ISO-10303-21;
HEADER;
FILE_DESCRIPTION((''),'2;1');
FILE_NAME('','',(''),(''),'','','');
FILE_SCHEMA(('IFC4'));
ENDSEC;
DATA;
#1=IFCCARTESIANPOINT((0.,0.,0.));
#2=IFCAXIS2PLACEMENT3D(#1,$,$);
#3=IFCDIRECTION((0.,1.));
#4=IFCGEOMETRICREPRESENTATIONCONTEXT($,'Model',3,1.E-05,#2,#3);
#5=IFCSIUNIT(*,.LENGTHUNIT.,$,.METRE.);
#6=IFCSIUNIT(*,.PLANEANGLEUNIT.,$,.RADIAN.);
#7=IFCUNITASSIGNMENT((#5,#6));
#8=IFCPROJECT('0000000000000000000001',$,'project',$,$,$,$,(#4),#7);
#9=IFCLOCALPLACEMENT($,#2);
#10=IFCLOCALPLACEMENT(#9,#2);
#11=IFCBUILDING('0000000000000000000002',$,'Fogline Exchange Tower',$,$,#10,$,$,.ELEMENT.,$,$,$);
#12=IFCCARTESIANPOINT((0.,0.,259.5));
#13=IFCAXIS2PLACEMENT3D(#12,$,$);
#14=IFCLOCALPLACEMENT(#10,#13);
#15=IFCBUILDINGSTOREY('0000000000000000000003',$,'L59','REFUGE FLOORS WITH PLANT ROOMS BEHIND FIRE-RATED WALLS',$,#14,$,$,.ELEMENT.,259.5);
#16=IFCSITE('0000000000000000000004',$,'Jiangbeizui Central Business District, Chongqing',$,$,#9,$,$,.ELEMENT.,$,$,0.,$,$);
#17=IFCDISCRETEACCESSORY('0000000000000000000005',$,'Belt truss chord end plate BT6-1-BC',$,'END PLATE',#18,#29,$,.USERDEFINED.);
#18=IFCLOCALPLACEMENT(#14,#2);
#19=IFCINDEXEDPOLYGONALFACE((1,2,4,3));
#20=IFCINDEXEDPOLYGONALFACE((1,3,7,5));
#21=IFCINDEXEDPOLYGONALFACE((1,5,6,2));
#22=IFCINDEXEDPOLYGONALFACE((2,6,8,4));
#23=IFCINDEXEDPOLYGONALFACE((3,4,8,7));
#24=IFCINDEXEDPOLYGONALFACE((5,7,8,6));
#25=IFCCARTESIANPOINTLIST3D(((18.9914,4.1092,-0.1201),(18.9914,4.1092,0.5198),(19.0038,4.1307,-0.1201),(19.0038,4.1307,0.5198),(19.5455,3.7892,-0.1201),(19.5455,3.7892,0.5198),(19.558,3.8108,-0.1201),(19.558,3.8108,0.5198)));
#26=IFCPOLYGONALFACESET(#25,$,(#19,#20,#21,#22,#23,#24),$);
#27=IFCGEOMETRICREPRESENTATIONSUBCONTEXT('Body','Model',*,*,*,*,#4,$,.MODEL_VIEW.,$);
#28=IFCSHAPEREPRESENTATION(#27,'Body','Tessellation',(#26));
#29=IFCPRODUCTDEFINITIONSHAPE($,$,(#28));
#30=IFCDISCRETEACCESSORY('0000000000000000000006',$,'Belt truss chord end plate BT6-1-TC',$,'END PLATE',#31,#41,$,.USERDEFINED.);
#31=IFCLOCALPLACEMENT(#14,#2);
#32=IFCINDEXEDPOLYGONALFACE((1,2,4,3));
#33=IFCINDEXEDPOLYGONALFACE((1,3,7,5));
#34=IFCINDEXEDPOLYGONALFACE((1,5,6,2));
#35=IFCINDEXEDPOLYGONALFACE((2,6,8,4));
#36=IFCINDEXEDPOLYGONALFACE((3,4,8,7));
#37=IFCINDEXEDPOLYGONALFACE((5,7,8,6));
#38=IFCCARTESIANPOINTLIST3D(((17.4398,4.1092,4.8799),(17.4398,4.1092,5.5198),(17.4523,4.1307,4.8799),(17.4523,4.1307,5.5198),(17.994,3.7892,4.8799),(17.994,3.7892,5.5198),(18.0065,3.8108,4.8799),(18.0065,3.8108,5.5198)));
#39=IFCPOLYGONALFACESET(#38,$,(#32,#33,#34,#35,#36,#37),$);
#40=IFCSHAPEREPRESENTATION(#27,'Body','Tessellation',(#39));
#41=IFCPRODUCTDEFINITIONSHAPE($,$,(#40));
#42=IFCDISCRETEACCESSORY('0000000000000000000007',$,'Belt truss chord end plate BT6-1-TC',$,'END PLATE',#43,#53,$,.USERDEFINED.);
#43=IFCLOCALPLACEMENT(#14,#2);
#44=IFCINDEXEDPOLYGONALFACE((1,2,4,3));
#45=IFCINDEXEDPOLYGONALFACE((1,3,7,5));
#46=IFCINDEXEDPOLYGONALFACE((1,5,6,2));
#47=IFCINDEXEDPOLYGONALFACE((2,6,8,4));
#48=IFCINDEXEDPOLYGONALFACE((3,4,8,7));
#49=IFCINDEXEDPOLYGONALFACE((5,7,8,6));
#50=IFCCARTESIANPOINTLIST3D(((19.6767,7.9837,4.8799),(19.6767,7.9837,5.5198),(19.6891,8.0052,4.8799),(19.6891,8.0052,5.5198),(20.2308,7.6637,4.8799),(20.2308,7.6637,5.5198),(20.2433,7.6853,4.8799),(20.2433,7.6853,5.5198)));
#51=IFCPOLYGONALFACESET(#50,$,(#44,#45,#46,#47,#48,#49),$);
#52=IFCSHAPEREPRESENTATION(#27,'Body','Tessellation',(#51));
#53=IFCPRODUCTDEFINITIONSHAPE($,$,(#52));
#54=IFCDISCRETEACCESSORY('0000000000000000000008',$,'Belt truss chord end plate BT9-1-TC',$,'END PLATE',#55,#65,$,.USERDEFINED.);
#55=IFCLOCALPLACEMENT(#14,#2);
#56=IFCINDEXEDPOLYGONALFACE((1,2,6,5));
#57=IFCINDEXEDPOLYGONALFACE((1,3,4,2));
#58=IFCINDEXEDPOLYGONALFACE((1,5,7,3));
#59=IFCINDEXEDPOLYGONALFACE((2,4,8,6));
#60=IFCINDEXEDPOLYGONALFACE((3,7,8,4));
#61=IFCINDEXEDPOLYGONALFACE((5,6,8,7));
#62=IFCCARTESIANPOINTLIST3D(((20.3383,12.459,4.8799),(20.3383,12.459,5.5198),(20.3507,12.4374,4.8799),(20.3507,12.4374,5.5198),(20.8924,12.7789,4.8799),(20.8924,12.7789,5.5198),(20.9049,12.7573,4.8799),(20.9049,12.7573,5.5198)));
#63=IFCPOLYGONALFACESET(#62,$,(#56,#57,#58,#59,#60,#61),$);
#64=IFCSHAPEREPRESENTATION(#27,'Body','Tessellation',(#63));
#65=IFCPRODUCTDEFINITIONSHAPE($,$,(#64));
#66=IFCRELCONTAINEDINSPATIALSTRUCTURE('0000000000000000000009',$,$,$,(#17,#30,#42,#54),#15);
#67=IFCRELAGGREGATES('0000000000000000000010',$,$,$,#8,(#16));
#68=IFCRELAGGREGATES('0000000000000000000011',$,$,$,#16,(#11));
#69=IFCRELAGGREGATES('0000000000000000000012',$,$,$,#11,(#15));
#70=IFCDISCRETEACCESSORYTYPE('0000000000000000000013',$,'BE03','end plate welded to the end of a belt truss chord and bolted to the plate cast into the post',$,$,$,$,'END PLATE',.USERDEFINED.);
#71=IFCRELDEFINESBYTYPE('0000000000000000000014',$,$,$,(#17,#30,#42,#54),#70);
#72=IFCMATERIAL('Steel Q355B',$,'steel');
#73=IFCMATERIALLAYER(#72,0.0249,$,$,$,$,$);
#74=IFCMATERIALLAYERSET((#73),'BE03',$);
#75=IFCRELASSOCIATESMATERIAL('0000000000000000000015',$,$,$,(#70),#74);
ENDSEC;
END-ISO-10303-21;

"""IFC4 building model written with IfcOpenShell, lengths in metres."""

from ifc_helpers import new_model, si_unit, direction, frame, origin, origin_2d, place, context, subcontext, project, spatial, rectangle, extrude, material, layer, layer_set, type_object, element, save


model = new_model("IFC4")

# Units and contexts
model_context = context("Model", 3, precision=1e-05, world=origin(), true_north=direction((0.0, 1.0)))
body_context = subcontext(model_context, "Body", "Model", "MODEL_VIEW")
ifc_project = project(units=[si_unit("LENGTHUNIT", "METRE"), si_unit("PLANEANGLEUNIT", "RADIAN")], contexts=[model_context])

# Site, building, storey
site_placement = place(None, origin())
site = spatial("IfcSite", under=ifc_project, at=site_placement, Name="Jiangbeizui Central Business District, Chongqing", CompositionType="ELEMENT", RefElevation=0.0)
building_placement = place(site_placement, origin())
building = spatial("IfcBuilding", under=site, at=building_placement, Name="Fogline Exchange Tower", CompositionType="ELEMENT")
storey_placement = place(building_placement, frame((0.0, 0.0, 259.5)))
storey = spatial("IfcBuildingStorey", under=building, at=storey_placement, Name="L59", Description="REFUGE FLOORS WITH PLANT ROOMS BEHIND FIRE-RATED WALLS", CompositionType="ELEMENT", Elevation=259.5)

# Shared definitions
ifc_material_1 = material(Name="Steel Q355B", Category="steel")

# Discrete accessories
ifc_layer_1 = layer(ifc_material_1, 0.0249)
ifc_layer_set_1 = layer_set([ifc_layer_1], Name="BE03")
discrete_accessory_type = type_object("IfcDiscreteAccessoryType", Name="BE03", Description="end plate welded to the end of a belt truss chord and bolted to the plate cast into the post", ElementType="END PLATE", PredefinedType="USERDEFINED", material=ifc_layer_set_1)
for number, where, z_axis, x_axis, name in (
    (1, (19.2747, 3.96, -0.1201), (0.0, 0.0, 1.0), (-0.5, -0.866025, 0.0), "Belt truss chord end plate BT6-1-BC"),
    (2, (17.7231, 3.96, 4.8799), (0.0, 0.0, 1.0), (-0.5, -0.866025, 0.0), "Belt truss chord end plate BT6-1-TC"),
    (3, (19.96, 7.8345, 4.8799), (0.0, 0.0, 1.0), (0.5, 0.866025, 0.0), "Belt truss chord end plate BT6-1-TC"),
    (4, (20.6216, 12.6082, 4.8799), (0.0, 0.0, 1.0), (0.5, -0.866025, 0.0), "Belt truss chord end plate BT9-1-TC"),
):
    element("IfcDiscreteAccessory", number, at=place(storey_placement, frame(where, z_axis=z_axis, x_axis=x_axis)), inside=storey, type_object=discrete_accessory_type, Name=name, ObjectType="END PLATE", PredefinedType="USERDEFINED", context=body_context, shape_type="SweptSolid", body=[
        extrude(rectangle(XDim=0.0249, YDim=0.6399, at=origin_2d()), origin(), (0.0, 0.0, 1.0), 0.6399),
    ])

save(model, "model.ifc")
